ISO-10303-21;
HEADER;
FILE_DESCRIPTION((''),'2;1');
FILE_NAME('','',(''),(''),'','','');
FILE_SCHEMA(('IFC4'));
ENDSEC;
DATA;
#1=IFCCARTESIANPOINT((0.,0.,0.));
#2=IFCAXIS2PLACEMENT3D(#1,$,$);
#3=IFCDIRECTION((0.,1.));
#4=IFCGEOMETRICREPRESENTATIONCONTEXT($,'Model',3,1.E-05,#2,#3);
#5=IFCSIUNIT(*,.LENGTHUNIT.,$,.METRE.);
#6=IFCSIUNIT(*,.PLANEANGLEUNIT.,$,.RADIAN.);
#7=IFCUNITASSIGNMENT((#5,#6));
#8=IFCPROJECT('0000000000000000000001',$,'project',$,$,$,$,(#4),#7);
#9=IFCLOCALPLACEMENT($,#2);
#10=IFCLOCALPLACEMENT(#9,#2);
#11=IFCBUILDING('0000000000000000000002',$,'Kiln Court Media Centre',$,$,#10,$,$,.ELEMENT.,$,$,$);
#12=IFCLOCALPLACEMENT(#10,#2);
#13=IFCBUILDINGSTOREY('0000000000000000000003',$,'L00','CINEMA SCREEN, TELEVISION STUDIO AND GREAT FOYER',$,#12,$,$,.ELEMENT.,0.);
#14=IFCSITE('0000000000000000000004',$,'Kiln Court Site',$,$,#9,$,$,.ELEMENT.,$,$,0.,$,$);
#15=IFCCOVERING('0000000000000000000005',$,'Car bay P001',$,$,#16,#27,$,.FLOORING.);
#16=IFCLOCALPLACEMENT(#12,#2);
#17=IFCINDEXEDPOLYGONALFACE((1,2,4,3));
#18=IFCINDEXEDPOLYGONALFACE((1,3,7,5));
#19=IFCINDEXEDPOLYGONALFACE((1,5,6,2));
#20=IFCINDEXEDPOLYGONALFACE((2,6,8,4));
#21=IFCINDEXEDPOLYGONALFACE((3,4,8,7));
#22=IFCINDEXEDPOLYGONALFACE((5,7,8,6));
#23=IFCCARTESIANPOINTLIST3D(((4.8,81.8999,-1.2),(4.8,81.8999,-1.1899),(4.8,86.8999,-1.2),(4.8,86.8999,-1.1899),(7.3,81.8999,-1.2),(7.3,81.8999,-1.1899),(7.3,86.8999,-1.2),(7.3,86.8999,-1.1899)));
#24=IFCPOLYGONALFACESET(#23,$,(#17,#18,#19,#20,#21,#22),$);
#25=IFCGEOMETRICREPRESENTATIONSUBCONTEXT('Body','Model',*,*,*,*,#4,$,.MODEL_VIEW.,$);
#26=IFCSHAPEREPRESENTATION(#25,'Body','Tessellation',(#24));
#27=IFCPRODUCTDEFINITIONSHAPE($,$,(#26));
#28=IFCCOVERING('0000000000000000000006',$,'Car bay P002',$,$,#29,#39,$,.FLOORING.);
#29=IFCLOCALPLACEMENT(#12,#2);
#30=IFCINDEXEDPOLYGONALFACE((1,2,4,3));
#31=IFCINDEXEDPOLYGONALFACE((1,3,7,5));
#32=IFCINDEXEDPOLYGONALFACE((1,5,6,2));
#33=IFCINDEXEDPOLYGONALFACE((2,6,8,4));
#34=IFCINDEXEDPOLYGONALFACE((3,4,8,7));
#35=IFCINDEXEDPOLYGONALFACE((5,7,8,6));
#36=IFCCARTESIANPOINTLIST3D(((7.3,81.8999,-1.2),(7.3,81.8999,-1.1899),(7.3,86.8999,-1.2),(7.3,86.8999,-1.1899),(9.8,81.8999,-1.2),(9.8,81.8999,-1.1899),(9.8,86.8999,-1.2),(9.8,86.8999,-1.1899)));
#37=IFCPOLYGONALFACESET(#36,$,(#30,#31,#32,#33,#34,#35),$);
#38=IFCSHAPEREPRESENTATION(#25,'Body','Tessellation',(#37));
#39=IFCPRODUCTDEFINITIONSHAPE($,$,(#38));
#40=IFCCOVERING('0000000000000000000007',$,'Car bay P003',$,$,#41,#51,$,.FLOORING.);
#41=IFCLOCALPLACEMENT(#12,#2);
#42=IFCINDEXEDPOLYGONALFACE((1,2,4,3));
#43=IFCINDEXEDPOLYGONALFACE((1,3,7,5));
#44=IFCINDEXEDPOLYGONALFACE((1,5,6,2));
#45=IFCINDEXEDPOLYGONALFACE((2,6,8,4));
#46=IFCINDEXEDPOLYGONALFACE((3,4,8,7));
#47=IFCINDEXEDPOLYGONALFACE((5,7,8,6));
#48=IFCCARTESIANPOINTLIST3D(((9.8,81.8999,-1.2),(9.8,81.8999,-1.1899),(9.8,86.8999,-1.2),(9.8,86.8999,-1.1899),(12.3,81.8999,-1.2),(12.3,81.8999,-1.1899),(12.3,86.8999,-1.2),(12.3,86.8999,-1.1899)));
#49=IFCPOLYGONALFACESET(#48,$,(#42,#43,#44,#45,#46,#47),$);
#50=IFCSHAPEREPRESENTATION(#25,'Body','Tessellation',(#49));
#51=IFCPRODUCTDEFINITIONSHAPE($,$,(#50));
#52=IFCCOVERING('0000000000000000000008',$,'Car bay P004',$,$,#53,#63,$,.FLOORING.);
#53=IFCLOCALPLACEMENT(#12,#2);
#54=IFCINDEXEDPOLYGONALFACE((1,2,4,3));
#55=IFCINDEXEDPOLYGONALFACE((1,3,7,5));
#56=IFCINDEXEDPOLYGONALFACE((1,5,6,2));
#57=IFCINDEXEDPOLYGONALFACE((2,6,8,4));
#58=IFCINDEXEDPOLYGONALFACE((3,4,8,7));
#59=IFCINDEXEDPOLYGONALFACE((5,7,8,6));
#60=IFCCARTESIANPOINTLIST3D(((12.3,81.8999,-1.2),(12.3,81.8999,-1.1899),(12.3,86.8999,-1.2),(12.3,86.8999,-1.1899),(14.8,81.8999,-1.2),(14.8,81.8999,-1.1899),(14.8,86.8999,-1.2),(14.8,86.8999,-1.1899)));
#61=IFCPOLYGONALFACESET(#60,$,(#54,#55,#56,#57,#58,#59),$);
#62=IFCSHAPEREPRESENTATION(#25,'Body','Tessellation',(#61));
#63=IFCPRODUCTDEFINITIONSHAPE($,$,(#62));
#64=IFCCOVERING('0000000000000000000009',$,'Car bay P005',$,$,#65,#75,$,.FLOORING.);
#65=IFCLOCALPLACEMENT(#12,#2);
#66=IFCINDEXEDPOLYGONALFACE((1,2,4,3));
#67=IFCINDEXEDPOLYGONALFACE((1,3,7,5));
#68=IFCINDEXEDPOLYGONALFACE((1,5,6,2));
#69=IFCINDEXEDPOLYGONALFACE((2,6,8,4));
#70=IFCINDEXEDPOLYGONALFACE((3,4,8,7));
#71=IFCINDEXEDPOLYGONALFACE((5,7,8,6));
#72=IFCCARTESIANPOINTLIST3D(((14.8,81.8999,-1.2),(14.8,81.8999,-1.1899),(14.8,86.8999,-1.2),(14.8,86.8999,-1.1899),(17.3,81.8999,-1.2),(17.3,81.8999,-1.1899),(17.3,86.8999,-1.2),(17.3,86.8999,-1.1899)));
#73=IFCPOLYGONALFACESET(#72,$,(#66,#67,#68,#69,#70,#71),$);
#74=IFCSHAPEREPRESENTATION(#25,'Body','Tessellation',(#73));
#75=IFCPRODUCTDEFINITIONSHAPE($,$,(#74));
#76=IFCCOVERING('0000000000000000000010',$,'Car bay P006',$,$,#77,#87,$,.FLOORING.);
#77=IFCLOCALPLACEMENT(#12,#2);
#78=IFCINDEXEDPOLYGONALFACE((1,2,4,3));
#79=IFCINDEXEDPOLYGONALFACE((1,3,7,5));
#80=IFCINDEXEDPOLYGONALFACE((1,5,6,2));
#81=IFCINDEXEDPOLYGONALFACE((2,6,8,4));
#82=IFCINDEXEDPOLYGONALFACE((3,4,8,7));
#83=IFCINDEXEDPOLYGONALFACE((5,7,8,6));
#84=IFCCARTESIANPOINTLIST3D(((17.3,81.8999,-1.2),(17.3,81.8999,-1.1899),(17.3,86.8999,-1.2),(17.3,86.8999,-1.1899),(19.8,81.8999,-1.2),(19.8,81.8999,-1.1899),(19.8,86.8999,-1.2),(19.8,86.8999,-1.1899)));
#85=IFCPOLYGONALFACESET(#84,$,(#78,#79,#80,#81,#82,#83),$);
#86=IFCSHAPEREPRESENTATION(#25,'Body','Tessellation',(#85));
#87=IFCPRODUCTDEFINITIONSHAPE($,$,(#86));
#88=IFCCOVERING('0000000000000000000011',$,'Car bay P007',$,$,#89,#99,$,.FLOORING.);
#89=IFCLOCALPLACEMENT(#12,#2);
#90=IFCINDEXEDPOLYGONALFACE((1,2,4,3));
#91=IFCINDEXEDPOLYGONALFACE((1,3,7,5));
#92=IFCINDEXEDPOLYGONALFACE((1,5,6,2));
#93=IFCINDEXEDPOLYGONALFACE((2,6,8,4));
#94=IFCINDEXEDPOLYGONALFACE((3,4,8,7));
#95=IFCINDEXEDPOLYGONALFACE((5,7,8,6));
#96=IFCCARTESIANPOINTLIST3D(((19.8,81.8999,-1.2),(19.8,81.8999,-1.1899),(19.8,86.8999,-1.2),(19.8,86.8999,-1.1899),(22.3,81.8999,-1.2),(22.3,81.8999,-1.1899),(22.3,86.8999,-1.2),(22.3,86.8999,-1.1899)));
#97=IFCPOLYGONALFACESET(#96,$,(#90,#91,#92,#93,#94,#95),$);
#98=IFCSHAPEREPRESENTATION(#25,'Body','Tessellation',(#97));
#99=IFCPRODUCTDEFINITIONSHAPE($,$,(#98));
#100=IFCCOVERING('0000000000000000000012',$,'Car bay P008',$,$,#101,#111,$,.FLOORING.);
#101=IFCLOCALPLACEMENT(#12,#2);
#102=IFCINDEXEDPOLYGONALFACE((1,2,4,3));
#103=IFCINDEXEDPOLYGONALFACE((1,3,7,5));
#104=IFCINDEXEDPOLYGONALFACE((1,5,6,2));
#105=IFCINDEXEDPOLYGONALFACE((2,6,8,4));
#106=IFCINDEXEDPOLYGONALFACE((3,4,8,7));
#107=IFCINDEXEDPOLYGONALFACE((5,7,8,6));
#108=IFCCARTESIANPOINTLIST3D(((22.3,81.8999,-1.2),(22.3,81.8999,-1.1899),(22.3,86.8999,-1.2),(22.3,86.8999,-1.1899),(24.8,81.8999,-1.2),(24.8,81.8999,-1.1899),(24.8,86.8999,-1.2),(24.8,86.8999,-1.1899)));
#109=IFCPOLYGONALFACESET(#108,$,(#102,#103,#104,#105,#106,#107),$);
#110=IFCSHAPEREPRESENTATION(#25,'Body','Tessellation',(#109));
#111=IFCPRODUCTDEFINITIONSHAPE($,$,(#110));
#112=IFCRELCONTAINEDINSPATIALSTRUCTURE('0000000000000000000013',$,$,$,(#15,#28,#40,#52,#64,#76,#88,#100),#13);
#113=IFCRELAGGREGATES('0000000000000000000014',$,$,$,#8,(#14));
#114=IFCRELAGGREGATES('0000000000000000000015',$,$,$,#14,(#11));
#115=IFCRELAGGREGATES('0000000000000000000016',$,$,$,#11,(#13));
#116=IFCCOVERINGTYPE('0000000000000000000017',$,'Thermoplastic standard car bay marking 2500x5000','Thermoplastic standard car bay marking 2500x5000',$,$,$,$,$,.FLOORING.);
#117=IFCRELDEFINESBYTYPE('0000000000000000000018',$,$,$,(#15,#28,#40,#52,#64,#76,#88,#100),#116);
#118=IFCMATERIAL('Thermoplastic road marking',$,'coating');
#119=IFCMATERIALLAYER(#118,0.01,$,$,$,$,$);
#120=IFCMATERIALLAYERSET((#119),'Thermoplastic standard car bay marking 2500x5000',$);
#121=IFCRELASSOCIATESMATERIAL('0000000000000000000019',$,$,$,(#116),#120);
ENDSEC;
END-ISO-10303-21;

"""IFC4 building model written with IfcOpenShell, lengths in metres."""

from ifc_helpers import new_model, si_unit, direction, frame, origin, place, context, subcontext, project, spatial, polyline, outline, extrude, material, layer, layer_set, type_object, element, save


model = new_model("IFC4")

# Units and contexts
model_context = context("Model", 3, precision=1e-05, world=origin(), true_north=direction((0.0, 1.0)))
body_context = subcontext(model_context, "Body", "Model", "MODEL_VIEW")
ifc_project = project(units=[si_unit("LENGTHUNIT", "METRE"), si_unit("PLANEANGLEUNIT", "RADIAN")], contexts=[model_context])

# Site, building, storey
site_placement = place(None, origin())
site = spatial("IfcSite", under=ifc_project, at=site_placement, Name="Kiln Court Site", CompositionType="ELEMENT", RefElevation=0.0)
building_placement = place(site_placement, origin())
building = spatial("IfcBuilding", under=site, at=building_placement, Name="Kiln Court Media Centre", CompositionType="ELEMENT")
storey_placement = place(building_placement, origin())
storey = spatial("IfcBuildingStorey", under=building, at=storey_placement, Name="L00", Description="CINEMA SCREEN, TELEVISION STUDIO AND GREAT FOYER", CompositionType="ELEMENT", Elevation=0.0)

# Coverings
ifc_material_1 = material(Name="Thermoplastic road marking", Category="coating")
ifc_layer_1 = layer(ifc_material_1, 0.01)
ifc_layer_set_1 = layer_set([ifc_layer_1], Name="Thermoplastic standard car bay marking 2500x5000")
covering_type = type_object("IfcCoveringType", Name="Thermoplastic standard car bay marking 2500x5000", Description="Thermoplastic standard car bay marking 2500x5000", PredefinedType="FLOORING", material=ifc_layer_set_1)
covering_1_placement = place(storey_placement, frame((0.0, 0.0, -1.2)))
element("IfcCovering", 1, at=covering_1_placement, inside=storey, type_object=covering_type, Name="Car bay P001", PredefinedType="FLOORING", context=body_context, shape_type="SweptSolid", body=[
    extrude(outline(polyline([(4.8, 81.8999), (7.3, 81.8999), (7.3, 86.8999), (4.8, 86.8999), (4.8, 81.8999)])), origin(), (0.0, 0.0, 1.0), 0.01),
])
covering_2_placement = place(storey_placement, frame((0.0, 0.0, -1.2)))
element("IfcCovering", 2, at=covering_2_placement, inside=storey, type_object=covering_type, Name="Car bay P002", PredefinedType="FLOORING", context=body_context, shape_type="SweptSolid", body=[
    extrude(outline(polyline([(7.3, 81.8999), (9.8, 81.8999), (9.8, 86.8999), (7.3, 86.8999), (7.3, 81.8999)])), origin(), (0.0, 0.0, 1.0), 0.01),
])
covering_3_placement = place(storey_placement, frame((0.0, 0.0, -1.2)))
element("IfcCovering", 3, at=covering_3_placement, inside=storey, type_object=covering_type, Name="Car bay P003", PredefinedType="FLOORING", context=body_context, shape_type="SweptSolid", body=[
    extrude(outline(polyline([(9.8, 81.8999), (12.3, 81.8999), (12.3, 86.8999), (9.8, 86.8999), (9.8, 81.8999)])), origin(), (0.0, 0.0, 1.0), 0.01),
])
covering_4_placement = place(storey_placement, frame((0.0, 0.0, -1.2)))
element("IfcCovering", 4, at=covering_4_placement, inside=storey, type_object=covering_type, Name="Car bay P004", PredefinedType="FLOORING", context=body_context, shape_type="SweptSolid", body=[
    extrude(outline(polyline([(12.3, 81.8999), (14.8, 81.8999), (14.8, 86.8999), (12.3, 86.8999), (12.3, 81.8999)])), origin(), (0.0, 0.0, 1.0), 0.01),
])
covering_5_placement = place(storey_placement, frame((0.0, 0.0, -1.2)))
element("IfcCovering", 5, at=covering_5_placement, inside=storey, type_object=covering_type, Name="Car bay P005", PredefinedType="FLOORING", context=body_context, shape_type="SweptSolid", body=[
    extrude(outline(polyline([(14.8, 81.8999), (17.3, 81.8999), (17.3, 86.8999), (14.8, 86.8999), (14.8, 81.8999)])), origin(), (0.0, 0.0, 1.0), 0.01),
])
covering_6_placement = place(storey_placement, frame((0.0, 0.0, -1.2)))
element("IfcCovering", 6, at=covering_6_placement, inside=storey, type_object=covering_type, Name="Car bay P006", PredefinedType="FLOORING", context=body_context, shape_type="SweptSolid", body=[
    extrude(outline(polyline([(17.3, 81.8999), (19.8, 81.8999), (19.8, 86.8999), (17.3, 86.8999), (17.3, 81.8999)])), origin(), (0.0, 0.0, 1.0), 0.01),
])
covering_7_placement = place(storey_placement, frame((0.0, 0.0, -1.2)))
element("IfcCovering", 7, at=covering_7_placement, inside=storey, type_object=covering_type, Name="Car bay P007", PredefinedType="FLOORING", context=body_context, shape_type="SweptSolid", body=[
    extrude(outline(polyline([(19.8, 81.8999), (22.3, 81.8999), (22.3, 86.8999), (19.8, 86.8999), (19.8, 81.8999)])), origin(), (0.0, 0.0, 1.0), 0.01),
])
covering_8_placement = place(storey_placement, frame((0.0, 0.0, -1.2)))
element("IfcCovering", 8, at=covering_8_placement, inside=storey, type_object=covering_type, Name="Car bay P008", PredefinedType="FLOORING", context=body_context, shape_type="SweptSolid", body=[
    extrude(outline(polyline([(22.3, 81.8999), (24.8, 81.8999), (24.8, 86.8999), (22.3, 86.8999), (22.3, 81.8999)])), origin(), (0.0, 0.0, 1.0), 0.01),
])

save(model, "model.ifc")
